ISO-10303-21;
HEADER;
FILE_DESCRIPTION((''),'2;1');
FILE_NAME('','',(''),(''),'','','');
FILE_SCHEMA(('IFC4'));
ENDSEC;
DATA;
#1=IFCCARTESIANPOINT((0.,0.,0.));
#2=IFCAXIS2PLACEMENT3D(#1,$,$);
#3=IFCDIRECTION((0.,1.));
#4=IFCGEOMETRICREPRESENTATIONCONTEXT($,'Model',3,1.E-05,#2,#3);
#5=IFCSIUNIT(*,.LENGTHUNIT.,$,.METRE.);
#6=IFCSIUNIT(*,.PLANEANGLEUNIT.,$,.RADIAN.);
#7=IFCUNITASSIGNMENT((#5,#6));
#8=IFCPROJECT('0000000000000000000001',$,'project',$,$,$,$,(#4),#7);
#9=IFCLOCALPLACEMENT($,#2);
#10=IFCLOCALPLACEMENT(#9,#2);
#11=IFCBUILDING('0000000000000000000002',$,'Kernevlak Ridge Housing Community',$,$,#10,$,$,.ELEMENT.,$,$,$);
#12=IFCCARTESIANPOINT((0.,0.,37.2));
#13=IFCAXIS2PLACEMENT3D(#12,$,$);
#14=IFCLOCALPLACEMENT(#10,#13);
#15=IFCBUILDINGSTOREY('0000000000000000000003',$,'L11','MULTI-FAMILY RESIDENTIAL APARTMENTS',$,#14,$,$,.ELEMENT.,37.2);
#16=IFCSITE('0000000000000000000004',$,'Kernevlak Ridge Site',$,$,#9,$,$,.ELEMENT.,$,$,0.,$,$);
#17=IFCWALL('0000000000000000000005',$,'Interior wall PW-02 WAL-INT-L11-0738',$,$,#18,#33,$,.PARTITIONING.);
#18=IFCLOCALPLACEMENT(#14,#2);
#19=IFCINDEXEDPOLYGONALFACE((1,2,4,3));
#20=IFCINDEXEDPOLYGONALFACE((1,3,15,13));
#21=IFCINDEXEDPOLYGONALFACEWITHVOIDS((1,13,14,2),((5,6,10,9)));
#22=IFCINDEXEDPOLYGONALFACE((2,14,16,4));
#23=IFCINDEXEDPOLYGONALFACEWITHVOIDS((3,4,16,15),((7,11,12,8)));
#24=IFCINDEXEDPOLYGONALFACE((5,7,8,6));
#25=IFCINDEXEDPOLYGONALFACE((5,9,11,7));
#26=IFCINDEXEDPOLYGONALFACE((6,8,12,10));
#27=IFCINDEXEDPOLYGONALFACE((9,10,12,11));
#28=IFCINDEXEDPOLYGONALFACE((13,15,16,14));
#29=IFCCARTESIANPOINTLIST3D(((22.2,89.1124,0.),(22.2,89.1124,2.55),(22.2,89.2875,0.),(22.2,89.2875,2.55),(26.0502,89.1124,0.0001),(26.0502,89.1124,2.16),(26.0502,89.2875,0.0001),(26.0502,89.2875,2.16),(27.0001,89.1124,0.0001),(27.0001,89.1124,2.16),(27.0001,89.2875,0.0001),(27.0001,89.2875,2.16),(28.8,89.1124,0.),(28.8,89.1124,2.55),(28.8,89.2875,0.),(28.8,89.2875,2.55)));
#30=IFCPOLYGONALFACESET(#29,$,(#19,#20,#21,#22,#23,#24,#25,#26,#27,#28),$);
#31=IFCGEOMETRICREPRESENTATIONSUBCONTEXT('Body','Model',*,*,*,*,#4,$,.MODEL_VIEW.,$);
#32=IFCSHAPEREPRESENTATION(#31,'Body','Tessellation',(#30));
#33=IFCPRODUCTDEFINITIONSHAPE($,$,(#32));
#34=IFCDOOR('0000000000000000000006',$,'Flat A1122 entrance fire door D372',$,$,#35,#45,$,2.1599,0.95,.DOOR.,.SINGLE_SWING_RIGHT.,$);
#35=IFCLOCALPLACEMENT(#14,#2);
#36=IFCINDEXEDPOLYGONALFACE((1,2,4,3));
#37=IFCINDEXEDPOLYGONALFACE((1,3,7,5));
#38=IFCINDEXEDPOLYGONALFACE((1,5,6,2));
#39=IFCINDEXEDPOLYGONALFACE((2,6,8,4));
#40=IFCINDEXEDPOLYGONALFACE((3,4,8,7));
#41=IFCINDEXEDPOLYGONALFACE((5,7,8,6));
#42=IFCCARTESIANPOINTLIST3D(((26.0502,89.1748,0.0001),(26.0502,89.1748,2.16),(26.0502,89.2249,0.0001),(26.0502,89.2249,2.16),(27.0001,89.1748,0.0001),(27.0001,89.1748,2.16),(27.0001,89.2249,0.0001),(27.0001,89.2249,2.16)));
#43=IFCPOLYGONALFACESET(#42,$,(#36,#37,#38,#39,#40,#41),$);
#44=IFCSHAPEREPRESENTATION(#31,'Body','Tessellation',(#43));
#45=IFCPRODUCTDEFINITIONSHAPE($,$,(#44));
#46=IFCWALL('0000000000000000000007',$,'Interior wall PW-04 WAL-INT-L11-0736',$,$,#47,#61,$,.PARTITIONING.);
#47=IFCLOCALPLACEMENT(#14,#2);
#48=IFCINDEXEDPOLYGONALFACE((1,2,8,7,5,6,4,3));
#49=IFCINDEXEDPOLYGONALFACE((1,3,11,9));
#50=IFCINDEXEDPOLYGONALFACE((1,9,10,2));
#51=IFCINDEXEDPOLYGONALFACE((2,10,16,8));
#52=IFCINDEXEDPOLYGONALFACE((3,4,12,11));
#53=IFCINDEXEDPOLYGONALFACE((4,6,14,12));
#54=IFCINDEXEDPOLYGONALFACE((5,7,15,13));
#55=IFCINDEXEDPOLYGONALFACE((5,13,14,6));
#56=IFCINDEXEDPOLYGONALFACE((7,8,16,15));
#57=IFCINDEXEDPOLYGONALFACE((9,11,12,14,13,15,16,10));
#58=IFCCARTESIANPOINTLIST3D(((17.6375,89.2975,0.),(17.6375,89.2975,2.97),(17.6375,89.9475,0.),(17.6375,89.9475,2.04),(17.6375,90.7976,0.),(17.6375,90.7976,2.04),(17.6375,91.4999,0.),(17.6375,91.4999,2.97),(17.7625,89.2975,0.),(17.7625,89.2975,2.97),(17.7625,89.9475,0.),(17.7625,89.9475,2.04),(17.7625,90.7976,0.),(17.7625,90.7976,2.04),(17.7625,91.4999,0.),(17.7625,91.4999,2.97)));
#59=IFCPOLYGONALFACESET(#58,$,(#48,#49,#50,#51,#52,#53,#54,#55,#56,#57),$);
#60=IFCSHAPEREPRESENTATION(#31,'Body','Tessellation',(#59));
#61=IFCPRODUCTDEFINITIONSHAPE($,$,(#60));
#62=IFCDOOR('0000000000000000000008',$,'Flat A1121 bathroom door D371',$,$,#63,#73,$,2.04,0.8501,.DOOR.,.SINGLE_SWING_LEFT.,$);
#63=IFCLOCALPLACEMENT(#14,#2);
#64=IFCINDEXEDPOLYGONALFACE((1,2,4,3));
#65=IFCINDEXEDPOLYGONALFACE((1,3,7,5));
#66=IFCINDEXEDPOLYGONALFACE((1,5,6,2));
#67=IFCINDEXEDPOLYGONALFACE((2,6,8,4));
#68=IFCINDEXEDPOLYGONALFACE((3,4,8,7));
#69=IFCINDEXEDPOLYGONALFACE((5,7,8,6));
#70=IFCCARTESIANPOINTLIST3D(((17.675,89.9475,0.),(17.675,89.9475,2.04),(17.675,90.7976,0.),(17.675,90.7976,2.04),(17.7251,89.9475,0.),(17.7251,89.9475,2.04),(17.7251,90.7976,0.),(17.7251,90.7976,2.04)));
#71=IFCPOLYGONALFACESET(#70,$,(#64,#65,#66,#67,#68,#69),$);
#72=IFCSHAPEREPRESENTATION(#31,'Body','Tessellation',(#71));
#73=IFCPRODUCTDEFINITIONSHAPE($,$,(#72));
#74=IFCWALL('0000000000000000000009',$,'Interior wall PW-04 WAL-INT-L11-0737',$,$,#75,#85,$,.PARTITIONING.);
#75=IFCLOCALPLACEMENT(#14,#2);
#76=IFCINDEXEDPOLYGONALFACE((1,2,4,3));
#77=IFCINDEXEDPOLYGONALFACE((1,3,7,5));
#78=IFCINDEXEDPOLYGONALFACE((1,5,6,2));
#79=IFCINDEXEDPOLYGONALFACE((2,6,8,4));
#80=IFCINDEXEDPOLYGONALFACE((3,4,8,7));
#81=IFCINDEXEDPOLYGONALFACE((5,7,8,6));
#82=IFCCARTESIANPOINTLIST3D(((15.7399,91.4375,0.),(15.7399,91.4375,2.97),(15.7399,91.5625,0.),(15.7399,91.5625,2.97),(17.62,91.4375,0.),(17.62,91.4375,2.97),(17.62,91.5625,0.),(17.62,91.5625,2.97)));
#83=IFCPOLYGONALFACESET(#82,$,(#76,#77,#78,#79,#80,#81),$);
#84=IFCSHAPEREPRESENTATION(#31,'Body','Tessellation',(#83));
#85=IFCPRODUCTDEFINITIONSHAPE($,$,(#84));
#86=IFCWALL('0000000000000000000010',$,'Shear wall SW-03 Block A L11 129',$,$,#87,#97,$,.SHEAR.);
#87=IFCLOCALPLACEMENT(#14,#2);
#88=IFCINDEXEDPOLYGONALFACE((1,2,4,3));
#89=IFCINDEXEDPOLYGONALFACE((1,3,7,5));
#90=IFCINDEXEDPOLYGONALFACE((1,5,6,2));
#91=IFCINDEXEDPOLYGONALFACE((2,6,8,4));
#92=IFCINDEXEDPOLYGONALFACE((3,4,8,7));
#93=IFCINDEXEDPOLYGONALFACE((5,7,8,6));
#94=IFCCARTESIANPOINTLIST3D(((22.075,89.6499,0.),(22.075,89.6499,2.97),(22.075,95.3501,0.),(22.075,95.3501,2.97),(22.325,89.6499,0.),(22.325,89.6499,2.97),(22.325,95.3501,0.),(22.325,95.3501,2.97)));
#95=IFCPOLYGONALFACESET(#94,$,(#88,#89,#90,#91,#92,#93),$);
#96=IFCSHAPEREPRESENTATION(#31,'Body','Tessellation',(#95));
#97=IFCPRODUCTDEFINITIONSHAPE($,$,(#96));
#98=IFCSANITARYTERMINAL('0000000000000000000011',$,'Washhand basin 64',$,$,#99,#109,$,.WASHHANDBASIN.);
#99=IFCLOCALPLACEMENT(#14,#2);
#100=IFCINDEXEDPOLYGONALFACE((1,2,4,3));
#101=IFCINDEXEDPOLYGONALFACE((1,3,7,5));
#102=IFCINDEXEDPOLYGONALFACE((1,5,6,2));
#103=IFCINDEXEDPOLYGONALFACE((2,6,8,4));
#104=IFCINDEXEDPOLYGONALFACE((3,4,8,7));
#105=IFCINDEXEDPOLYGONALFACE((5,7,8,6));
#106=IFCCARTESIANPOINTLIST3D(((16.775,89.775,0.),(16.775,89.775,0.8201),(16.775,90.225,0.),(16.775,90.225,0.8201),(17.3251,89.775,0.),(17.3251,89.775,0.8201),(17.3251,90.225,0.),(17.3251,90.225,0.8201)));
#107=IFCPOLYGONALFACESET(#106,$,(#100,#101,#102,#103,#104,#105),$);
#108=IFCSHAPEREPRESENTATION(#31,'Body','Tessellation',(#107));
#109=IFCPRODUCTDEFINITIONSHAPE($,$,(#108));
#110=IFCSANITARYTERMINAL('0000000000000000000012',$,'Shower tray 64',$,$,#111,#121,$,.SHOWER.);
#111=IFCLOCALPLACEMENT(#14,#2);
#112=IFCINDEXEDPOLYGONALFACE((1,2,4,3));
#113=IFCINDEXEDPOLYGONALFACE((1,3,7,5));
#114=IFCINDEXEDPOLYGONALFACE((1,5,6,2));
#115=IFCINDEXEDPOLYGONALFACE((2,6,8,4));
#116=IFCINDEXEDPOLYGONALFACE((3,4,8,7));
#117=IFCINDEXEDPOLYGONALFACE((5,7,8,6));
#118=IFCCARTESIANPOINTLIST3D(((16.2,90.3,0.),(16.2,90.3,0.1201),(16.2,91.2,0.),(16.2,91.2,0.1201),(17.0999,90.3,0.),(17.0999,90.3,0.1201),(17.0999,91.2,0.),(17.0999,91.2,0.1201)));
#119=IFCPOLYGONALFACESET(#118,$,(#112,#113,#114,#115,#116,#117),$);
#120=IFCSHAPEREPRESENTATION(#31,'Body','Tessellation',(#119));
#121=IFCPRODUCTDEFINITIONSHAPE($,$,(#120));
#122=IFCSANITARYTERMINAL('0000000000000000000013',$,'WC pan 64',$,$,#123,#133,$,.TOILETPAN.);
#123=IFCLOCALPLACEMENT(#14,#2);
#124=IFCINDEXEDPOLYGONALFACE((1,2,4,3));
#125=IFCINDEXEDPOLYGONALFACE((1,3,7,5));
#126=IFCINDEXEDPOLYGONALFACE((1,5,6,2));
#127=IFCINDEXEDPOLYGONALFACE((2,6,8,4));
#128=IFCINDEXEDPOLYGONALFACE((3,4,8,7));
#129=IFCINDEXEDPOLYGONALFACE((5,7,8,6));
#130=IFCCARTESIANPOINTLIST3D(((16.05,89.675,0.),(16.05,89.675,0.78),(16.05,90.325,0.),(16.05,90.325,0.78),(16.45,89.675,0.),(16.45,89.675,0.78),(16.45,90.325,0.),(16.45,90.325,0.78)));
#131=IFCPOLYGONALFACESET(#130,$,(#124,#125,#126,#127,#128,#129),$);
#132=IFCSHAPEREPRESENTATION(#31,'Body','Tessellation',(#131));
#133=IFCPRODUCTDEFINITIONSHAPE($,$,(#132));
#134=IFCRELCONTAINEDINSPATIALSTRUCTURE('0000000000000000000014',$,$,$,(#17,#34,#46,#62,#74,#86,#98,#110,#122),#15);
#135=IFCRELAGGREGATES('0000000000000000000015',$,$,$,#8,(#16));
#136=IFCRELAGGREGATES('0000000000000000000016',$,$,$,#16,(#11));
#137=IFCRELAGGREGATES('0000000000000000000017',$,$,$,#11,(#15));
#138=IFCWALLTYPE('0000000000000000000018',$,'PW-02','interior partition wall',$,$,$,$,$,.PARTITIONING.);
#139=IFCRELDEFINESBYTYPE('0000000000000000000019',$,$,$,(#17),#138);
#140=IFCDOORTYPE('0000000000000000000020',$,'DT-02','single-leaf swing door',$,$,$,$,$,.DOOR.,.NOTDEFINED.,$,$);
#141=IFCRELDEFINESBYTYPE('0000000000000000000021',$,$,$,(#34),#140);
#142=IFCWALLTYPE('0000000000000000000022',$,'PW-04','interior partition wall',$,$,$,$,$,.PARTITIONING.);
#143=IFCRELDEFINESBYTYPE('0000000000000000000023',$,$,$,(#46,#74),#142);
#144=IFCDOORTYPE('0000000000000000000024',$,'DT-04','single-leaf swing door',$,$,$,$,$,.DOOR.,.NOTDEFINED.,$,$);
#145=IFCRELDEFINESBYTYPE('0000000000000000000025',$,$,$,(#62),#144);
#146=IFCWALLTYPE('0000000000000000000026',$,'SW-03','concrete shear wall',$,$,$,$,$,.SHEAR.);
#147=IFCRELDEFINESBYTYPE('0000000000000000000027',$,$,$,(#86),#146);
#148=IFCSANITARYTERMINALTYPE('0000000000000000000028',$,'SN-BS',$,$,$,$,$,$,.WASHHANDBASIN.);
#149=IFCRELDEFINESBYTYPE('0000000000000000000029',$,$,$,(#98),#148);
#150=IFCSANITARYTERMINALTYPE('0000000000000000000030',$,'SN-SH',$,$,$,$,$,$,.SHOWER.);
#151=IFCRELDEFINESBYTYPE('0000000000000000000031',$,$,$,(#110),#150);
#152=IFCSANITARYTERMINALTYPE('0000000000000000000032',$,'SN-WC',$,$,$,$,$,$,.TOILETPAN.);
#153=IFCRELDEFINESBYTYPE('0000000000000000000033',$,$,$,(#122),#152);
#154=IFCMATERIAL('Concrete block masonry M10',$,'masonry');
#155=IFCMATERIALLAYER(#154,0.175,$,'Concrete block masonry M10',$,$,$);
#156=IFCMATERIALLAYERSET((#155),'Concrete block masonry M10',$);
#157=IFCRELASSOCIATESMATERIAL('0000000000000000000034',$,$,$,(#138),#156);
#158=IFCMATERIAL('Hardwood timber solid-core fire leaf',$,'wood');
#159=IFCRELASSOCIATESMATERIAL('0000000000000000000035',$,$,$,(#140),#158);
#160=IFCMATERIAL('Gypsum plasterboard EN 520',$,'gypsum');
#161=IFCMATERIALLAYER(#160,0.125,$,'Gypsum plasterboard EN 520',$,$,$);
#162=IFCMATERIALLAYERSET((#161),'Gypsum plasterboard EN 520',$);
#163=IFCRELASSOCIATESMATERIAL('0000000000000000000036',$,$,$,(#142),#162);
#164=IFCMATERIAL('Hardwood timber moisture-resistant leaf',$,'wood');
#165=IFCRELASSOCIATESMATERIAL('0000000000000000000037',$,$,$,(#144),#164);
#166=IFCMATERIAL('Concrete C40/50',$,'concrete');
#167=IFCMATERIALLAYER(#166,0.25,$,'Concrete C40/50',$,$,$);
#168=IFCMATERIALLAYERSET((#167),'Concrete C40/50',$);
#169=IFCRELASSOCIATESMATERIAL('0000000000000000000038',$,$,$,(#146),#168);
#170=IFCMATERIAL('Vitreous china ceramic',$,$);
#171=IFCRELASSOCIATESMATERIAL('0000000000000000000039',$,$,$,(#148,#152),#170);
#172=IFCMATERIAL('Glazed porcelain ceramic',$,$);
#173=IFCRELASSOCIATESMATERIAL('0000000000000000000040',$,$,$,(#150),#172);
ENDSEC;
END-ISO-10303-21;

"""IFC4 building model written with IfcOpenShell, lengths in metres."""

from ifc_helpers import new_model, si_unit, direction, frame, frame_2d, origin, origin_2d, place, context, subcontext, project, spatial, rectangle, extrude, material, layer, layer_set, type_object, element, fill, save


model = new_model("IFC4")

# Units and contexts
model_context = context("Model", 3, precision=1e-05, world=origin(), true_north=direction((0.0, 1.0)))
body_context = subcontext(model_context, "Body", "Model", "MODEL_VIEW")
ifc_project = project(units=[si_unit("LENGTHUNIT", "METRE"), si_unit("PLANEANGLEUNIT", "RADIAN")], contexts=[model_context])

# Site, building, storey
site_placement = place(None, origin())
site = spatial("IfcSite", under=ifc_project, at=site_placement, Name="Kernevlak Ridge Site", CompositionType="ELEMENT", RefElevation=0.0)
building_placement = place(site_placement, origin())
building = spatial("IfcBuilding", under=site, at=building_placement, Name="Kernevlak Ridge Housing Community", CompositionType="ELEMENT")
storey_placement = place(building_placement, frame((0.0, 0.0, 37.2)))
storey = spatial("IfcBuildingStorey", under=building, at=storey_placement, Name="L11", Description="MULTI-FAMILY RESIDENTIAL APARTMENTS", CompositionType="ELEMENT", Elevation=37.2)

# Shared definitions
ifc_material_1 = material(Name="Concrete block masonry M10", Category="masonry")

# Shared definitions
ifc_layer_1 = layer(ifc_material_1, 0.175, Name="Concrete block masonry M10")
ifc_layer_set_1 = layer_set([ifc_layer_1], Name="Concrete block masonry M10")
wall_type_1 = type_object("IfcWallType", Name="PW-02", Description="interior partition wall", PredefinedType="PARTITIONING", material=ifc_layer_set_1)

# Walls, openings, doors
ifc_material_2 = material(Name="Hardwood timber solid-core fire leaf", Category="wood")
wall_1_placement = place(storey_placement, frame((22.2, 89.2, 0.0), z_axis=(0.0, 0.0, 1.0), x_axis=(1.0, 0.0, 0.0)))
wall_1 = element("IfcWall", 1, at=wall_1_placement, inside=storey, type_object=wall_type_1, Name="Interior wall PW-02 WAL-INT-L11-0738", PredefinedType="PARTITIONING", context=body_context, shape_type="SweptSolid", body=[
    extrude(rectangle(XDim=6.6001, YDim=0.175, at=frame_2d((3.3, 0.0))), origin(), (0.0, 0.0, 1.0), 2.55),
])
opening_1_placement = place(wall_1_placement, frame((3.8501, 0.0, 0.0)))
opening_1 = element("IfcOpeningElement", 2, at=opening_1_placement, cuts=wall_1, PredefinedType="OPENING", context=body_context, shape_type="SweptSolid", body=[
    extrude(rectangle(XDim=0.95, YDim=2.1599, at=frame_2d((0.4751, 1.0801))), frame((0.0, 0.0974, 0.0), z_axis=(0.0, -1.0, 0.0), x_axis=(1.0, 0.0, 0.0)), (0.0, 0.0, 1.0), 0.1951),
])
door_type_1 = type_object("IfcDoorType", Name="DT-02", Description="single-leaf swing door", OperationType="NOTDEFINED", PredefinedType="DOOR", material=ifc_material_2)
door_1_placement = place(opening_1_placement, origin())
door_1 = element("IfcDoor", 3, at=door_1_placement, inside=storey, type_object=door_type_1, Name="Flat A1122 entrance fire door D372", OperationType="SINGLE_SWING_RIGHT", OverallHeight=2.1599, OverallWidth=0.95, PredefinedType="DOOR", context=body_context, shape_type="SweptSolid", body=[
    extrude(rectangle(XDim=0.95, YDim=2.1599, at=frame_2d((0.4751, 1.0801))), frame((0.0, 0.0249, 0.0), z_axis=(0.0, -1.0, 0.0), x_axis=(1.0, 0.0, 0.0)), (0.0, 0.0, 1.0), 0.05),
])
fill(opening_1, door_1)
ifc_material_3 = material(Name="Gypsum plasterboard EN 520", Category="gypsum")
ifc_layer_2 = layer(ifc_material_3, 0.125, Name="Gypsum plasterboard EN 520")
ifc_layer_set_2 = layer_set([ifc_layer_2], Name="Gypsum plasterboard EN 520")
wall_type_2 = type_object("IfcWallType", Name="PW-04", Description="interior partition wall", PredefinedType="PARTITIONING", material=ifc_layer_set_2)
wall_2_placement = place(storey_placement, frame((17.7, 89.2976, 0.0), z_axis=(0.0, 0.0, 1.0), x_axis=(0.0, 1.0, 0.0)))
wall_2 = element("IfcWall", 4, at=wall_2_placement, inside=storey, type_object=wall_type_2, Name="Interior wall PW-04 WAL-INT-L11-0736", PredefinedType="PARTITIONING", context=body_context, shape_type="SweptSolid", body=[
    extrude(rectangle(XDim=2.2024, YDim=0.125, at=frame_2d((1.1011, 0.0))), origin(), (0.0, 0.0, 1.0), 2.97),
])
opening_2_placement = place(wall_2_placement, frame((0.6499, 0.0, 0.0)))
opening_2 = element("IfcOpeningElement", 5, at=opening_2_placement, cuts=wall_2, PredefinedType="OPENING", context=body_context, shape_type="SweptSolid", body=[
    extrude(rectangle(XDim=0.8501, YDim=2.04, at=frame_2d((0.425, 1.02))), frame((0.0, 0.0725, 0.0), z_axis=(0.0, -1.0, 0.0), x_axis=(1.0, 0.0, 0.0)), (0.0, 0.0, 1.0), 0.145),
])
ifc_material_4 = material(Name="Hardwood timber moisture-resistant leaf", Category="wood")
door_type_2 = type_object("IfcDoorType", Name="DT-04", Description="single-leaf swing door", OperationType="NOTDEFINED", PredefinedType="DOOR", material=ifc_material_4)
door_2_placement = place(opening_2_placement, origin())
door_2 = element("IfcDoor", 6, at=door_2_placement, inside=storey, type_object=door_type_2, Name="Flat A1121 bathroom door D371", OperationType="SINGLE_SWING_LEFT", OverallHeight=2.04, OverallWidth=0.8501, PredefinedType="DOOR", context=body_context, shape_type="SweptSolid", body=[
    extrude(rectangle(XDim=0.8501, YDim=2.04, at=frame_2d((0.425, 1.02))), frame((0.0, 0.0249, 0.0), z_axis=(0.0, -1.0, 0.0), x_axis=(1.0, 0.0, 0.0)), (0.0, 0.0, 1.0), 0.05),
])
fill(opening_2, door_2)

# Walls
wall_3_placement = place(storey_placement, frame((15.74, 91.5, 0.0), z_axis=(0.0, 0.0, 1.0), x_axis=(1.0, 0.0, 0.0)))
element("IfcWall", 7, at=wall_3_placement, inside=storey, type_object=wall_type_2, Name="Interior wall PW-04 WAL-INT-L11-0737", PredefinedType="PARTITIONING", context=body_context, shape_type="SweptSolid", body=[
    extrude(rectangle(XDim=1.8801, YDim=0.125, at=frame_2d((0.9399, 0.0))), origin(), (0.0, 0.0, 1.0), 2.97),
])
ifc_material_5 = material(Name="Concrete C40/50", Category="concrete")
ifc_layer_3 = layer(ifc_material_5, 0.25, Name="Concrete C40/50")
ifc_layer_set_3 = layer_set([ifc_layer_3], Name="Concrete C40/50")
wall_type_3 = type_object("IfcWallType", Name="SW-03", Description="concrete shear wall", PredefinedType="SHEAR", material=ifc_layer_set_3)
wall_4_placement = place(storey_placement, frame((22.2, 89.6499, 0.0), z_axis=(0.0, 0.0, 1.0), x_axis=(0.0, 1.0, 0.0)))
element("IfcWall", 8, at=wall_4_placement, inside=storey, type_object=wall_type_3, Name="Shear wall SW-03 Block A L11 129", PredefinedType="SHEAR", context=body_context, shape_type="SweptSolid", body=[
    extrude(rectangle(XDim=5.7002, YDim=0.25, at=frame_2d((2.8501, 0.0))), origin(), (0.0, 0.0, 1.0), 2.97),
])

# Sanitary terminals
ifc_material_6 = material(Name="Vitreous china ceramic")
sanitary_terminal_type_1 = type_object("IfcSanitaryTerminalType", Name="SN-BS", PredefinedType="WASHHANDBASIN", material=ifc_material_6)
sanitary_terminal_1_placement = place(storey_placement, frame((17.05, 90.0, 0.0), z_axis=(0.0, 0.0, 1.0), x_axis=(1.0, 0.0, 0.0)))
element("IfcSanitaryTerminal", 9, at=sanitary_terminal_1_placement, inside=storey, type_object=sanitary_terminal_type_1, Name="Washhand basin 64", PredefinedType="WASHHANDBASIN", context=body_context, shape_type="SweptSolid", body=[
    extrude(rectangle(XDim=0.55, YDim=0.45, at=origin_2d()), origin(), (0.0, 0.0, 1.0), 0.8201),
])
ifc_material_7 = material(Name="Glazed porcelain ceramic")
sanitary_terminal_type_2 = type_object("IfcSanitaryTerminalType", Name="SN-SH", PredefinedType="SHOWER", material=ifc_material_7)
sanitary_terminal_2_placement = place(storey_placement, frame((16.6499, 90.75, 0.0), z_axis=(0.0, 0.0, 1.0), x_axis=(1.0, 0.0, 0.0)))
element("IfcSanitaryTerminal", 10, at=sanitary_terminal_2_placement, inside=storey, type_object=sanitary_terminal_type_2, Name="Shower tray 64", PredefinedType="SHOWER", context=body_context, shape_type="SweptSolid", body=[
    extrude(rectangle(XDim=0.8999, YDim=0.8999, at=origin_2d()), origin(), (0.0, 0.0, 1.0), 0.1201),
])
sanitary_terminal_type_3 = type_object("IfcSanitaryTerminalType", Name="SN-WC", PredefinedType="TOILETPAN", material=ifc_material_6)
sanitary_terminal_3_placement = place(storey_placement, frame((16.25, 90.0, 0.0), z_axis=(0.0, 0.0, 1.0), x_axis=(1.0, 0.0, 0.0)))
element("IfcSanitaryTerminal", 11, at=sanitary_terminal_3_placement, inside=storey, type_object=sanitary_terminal_type_3, Name="WC pan 64", PredefinedType="TOILETPAN", context=body_context, shape_type="SweptSolid", body=[
    extrude(rectangle(XDim=0.3999, YDim=0.6499, at=origin_2d()), origin(), (0.0, 0.0, 1.0), 0.78),
])

save(model, "model.ifc")
